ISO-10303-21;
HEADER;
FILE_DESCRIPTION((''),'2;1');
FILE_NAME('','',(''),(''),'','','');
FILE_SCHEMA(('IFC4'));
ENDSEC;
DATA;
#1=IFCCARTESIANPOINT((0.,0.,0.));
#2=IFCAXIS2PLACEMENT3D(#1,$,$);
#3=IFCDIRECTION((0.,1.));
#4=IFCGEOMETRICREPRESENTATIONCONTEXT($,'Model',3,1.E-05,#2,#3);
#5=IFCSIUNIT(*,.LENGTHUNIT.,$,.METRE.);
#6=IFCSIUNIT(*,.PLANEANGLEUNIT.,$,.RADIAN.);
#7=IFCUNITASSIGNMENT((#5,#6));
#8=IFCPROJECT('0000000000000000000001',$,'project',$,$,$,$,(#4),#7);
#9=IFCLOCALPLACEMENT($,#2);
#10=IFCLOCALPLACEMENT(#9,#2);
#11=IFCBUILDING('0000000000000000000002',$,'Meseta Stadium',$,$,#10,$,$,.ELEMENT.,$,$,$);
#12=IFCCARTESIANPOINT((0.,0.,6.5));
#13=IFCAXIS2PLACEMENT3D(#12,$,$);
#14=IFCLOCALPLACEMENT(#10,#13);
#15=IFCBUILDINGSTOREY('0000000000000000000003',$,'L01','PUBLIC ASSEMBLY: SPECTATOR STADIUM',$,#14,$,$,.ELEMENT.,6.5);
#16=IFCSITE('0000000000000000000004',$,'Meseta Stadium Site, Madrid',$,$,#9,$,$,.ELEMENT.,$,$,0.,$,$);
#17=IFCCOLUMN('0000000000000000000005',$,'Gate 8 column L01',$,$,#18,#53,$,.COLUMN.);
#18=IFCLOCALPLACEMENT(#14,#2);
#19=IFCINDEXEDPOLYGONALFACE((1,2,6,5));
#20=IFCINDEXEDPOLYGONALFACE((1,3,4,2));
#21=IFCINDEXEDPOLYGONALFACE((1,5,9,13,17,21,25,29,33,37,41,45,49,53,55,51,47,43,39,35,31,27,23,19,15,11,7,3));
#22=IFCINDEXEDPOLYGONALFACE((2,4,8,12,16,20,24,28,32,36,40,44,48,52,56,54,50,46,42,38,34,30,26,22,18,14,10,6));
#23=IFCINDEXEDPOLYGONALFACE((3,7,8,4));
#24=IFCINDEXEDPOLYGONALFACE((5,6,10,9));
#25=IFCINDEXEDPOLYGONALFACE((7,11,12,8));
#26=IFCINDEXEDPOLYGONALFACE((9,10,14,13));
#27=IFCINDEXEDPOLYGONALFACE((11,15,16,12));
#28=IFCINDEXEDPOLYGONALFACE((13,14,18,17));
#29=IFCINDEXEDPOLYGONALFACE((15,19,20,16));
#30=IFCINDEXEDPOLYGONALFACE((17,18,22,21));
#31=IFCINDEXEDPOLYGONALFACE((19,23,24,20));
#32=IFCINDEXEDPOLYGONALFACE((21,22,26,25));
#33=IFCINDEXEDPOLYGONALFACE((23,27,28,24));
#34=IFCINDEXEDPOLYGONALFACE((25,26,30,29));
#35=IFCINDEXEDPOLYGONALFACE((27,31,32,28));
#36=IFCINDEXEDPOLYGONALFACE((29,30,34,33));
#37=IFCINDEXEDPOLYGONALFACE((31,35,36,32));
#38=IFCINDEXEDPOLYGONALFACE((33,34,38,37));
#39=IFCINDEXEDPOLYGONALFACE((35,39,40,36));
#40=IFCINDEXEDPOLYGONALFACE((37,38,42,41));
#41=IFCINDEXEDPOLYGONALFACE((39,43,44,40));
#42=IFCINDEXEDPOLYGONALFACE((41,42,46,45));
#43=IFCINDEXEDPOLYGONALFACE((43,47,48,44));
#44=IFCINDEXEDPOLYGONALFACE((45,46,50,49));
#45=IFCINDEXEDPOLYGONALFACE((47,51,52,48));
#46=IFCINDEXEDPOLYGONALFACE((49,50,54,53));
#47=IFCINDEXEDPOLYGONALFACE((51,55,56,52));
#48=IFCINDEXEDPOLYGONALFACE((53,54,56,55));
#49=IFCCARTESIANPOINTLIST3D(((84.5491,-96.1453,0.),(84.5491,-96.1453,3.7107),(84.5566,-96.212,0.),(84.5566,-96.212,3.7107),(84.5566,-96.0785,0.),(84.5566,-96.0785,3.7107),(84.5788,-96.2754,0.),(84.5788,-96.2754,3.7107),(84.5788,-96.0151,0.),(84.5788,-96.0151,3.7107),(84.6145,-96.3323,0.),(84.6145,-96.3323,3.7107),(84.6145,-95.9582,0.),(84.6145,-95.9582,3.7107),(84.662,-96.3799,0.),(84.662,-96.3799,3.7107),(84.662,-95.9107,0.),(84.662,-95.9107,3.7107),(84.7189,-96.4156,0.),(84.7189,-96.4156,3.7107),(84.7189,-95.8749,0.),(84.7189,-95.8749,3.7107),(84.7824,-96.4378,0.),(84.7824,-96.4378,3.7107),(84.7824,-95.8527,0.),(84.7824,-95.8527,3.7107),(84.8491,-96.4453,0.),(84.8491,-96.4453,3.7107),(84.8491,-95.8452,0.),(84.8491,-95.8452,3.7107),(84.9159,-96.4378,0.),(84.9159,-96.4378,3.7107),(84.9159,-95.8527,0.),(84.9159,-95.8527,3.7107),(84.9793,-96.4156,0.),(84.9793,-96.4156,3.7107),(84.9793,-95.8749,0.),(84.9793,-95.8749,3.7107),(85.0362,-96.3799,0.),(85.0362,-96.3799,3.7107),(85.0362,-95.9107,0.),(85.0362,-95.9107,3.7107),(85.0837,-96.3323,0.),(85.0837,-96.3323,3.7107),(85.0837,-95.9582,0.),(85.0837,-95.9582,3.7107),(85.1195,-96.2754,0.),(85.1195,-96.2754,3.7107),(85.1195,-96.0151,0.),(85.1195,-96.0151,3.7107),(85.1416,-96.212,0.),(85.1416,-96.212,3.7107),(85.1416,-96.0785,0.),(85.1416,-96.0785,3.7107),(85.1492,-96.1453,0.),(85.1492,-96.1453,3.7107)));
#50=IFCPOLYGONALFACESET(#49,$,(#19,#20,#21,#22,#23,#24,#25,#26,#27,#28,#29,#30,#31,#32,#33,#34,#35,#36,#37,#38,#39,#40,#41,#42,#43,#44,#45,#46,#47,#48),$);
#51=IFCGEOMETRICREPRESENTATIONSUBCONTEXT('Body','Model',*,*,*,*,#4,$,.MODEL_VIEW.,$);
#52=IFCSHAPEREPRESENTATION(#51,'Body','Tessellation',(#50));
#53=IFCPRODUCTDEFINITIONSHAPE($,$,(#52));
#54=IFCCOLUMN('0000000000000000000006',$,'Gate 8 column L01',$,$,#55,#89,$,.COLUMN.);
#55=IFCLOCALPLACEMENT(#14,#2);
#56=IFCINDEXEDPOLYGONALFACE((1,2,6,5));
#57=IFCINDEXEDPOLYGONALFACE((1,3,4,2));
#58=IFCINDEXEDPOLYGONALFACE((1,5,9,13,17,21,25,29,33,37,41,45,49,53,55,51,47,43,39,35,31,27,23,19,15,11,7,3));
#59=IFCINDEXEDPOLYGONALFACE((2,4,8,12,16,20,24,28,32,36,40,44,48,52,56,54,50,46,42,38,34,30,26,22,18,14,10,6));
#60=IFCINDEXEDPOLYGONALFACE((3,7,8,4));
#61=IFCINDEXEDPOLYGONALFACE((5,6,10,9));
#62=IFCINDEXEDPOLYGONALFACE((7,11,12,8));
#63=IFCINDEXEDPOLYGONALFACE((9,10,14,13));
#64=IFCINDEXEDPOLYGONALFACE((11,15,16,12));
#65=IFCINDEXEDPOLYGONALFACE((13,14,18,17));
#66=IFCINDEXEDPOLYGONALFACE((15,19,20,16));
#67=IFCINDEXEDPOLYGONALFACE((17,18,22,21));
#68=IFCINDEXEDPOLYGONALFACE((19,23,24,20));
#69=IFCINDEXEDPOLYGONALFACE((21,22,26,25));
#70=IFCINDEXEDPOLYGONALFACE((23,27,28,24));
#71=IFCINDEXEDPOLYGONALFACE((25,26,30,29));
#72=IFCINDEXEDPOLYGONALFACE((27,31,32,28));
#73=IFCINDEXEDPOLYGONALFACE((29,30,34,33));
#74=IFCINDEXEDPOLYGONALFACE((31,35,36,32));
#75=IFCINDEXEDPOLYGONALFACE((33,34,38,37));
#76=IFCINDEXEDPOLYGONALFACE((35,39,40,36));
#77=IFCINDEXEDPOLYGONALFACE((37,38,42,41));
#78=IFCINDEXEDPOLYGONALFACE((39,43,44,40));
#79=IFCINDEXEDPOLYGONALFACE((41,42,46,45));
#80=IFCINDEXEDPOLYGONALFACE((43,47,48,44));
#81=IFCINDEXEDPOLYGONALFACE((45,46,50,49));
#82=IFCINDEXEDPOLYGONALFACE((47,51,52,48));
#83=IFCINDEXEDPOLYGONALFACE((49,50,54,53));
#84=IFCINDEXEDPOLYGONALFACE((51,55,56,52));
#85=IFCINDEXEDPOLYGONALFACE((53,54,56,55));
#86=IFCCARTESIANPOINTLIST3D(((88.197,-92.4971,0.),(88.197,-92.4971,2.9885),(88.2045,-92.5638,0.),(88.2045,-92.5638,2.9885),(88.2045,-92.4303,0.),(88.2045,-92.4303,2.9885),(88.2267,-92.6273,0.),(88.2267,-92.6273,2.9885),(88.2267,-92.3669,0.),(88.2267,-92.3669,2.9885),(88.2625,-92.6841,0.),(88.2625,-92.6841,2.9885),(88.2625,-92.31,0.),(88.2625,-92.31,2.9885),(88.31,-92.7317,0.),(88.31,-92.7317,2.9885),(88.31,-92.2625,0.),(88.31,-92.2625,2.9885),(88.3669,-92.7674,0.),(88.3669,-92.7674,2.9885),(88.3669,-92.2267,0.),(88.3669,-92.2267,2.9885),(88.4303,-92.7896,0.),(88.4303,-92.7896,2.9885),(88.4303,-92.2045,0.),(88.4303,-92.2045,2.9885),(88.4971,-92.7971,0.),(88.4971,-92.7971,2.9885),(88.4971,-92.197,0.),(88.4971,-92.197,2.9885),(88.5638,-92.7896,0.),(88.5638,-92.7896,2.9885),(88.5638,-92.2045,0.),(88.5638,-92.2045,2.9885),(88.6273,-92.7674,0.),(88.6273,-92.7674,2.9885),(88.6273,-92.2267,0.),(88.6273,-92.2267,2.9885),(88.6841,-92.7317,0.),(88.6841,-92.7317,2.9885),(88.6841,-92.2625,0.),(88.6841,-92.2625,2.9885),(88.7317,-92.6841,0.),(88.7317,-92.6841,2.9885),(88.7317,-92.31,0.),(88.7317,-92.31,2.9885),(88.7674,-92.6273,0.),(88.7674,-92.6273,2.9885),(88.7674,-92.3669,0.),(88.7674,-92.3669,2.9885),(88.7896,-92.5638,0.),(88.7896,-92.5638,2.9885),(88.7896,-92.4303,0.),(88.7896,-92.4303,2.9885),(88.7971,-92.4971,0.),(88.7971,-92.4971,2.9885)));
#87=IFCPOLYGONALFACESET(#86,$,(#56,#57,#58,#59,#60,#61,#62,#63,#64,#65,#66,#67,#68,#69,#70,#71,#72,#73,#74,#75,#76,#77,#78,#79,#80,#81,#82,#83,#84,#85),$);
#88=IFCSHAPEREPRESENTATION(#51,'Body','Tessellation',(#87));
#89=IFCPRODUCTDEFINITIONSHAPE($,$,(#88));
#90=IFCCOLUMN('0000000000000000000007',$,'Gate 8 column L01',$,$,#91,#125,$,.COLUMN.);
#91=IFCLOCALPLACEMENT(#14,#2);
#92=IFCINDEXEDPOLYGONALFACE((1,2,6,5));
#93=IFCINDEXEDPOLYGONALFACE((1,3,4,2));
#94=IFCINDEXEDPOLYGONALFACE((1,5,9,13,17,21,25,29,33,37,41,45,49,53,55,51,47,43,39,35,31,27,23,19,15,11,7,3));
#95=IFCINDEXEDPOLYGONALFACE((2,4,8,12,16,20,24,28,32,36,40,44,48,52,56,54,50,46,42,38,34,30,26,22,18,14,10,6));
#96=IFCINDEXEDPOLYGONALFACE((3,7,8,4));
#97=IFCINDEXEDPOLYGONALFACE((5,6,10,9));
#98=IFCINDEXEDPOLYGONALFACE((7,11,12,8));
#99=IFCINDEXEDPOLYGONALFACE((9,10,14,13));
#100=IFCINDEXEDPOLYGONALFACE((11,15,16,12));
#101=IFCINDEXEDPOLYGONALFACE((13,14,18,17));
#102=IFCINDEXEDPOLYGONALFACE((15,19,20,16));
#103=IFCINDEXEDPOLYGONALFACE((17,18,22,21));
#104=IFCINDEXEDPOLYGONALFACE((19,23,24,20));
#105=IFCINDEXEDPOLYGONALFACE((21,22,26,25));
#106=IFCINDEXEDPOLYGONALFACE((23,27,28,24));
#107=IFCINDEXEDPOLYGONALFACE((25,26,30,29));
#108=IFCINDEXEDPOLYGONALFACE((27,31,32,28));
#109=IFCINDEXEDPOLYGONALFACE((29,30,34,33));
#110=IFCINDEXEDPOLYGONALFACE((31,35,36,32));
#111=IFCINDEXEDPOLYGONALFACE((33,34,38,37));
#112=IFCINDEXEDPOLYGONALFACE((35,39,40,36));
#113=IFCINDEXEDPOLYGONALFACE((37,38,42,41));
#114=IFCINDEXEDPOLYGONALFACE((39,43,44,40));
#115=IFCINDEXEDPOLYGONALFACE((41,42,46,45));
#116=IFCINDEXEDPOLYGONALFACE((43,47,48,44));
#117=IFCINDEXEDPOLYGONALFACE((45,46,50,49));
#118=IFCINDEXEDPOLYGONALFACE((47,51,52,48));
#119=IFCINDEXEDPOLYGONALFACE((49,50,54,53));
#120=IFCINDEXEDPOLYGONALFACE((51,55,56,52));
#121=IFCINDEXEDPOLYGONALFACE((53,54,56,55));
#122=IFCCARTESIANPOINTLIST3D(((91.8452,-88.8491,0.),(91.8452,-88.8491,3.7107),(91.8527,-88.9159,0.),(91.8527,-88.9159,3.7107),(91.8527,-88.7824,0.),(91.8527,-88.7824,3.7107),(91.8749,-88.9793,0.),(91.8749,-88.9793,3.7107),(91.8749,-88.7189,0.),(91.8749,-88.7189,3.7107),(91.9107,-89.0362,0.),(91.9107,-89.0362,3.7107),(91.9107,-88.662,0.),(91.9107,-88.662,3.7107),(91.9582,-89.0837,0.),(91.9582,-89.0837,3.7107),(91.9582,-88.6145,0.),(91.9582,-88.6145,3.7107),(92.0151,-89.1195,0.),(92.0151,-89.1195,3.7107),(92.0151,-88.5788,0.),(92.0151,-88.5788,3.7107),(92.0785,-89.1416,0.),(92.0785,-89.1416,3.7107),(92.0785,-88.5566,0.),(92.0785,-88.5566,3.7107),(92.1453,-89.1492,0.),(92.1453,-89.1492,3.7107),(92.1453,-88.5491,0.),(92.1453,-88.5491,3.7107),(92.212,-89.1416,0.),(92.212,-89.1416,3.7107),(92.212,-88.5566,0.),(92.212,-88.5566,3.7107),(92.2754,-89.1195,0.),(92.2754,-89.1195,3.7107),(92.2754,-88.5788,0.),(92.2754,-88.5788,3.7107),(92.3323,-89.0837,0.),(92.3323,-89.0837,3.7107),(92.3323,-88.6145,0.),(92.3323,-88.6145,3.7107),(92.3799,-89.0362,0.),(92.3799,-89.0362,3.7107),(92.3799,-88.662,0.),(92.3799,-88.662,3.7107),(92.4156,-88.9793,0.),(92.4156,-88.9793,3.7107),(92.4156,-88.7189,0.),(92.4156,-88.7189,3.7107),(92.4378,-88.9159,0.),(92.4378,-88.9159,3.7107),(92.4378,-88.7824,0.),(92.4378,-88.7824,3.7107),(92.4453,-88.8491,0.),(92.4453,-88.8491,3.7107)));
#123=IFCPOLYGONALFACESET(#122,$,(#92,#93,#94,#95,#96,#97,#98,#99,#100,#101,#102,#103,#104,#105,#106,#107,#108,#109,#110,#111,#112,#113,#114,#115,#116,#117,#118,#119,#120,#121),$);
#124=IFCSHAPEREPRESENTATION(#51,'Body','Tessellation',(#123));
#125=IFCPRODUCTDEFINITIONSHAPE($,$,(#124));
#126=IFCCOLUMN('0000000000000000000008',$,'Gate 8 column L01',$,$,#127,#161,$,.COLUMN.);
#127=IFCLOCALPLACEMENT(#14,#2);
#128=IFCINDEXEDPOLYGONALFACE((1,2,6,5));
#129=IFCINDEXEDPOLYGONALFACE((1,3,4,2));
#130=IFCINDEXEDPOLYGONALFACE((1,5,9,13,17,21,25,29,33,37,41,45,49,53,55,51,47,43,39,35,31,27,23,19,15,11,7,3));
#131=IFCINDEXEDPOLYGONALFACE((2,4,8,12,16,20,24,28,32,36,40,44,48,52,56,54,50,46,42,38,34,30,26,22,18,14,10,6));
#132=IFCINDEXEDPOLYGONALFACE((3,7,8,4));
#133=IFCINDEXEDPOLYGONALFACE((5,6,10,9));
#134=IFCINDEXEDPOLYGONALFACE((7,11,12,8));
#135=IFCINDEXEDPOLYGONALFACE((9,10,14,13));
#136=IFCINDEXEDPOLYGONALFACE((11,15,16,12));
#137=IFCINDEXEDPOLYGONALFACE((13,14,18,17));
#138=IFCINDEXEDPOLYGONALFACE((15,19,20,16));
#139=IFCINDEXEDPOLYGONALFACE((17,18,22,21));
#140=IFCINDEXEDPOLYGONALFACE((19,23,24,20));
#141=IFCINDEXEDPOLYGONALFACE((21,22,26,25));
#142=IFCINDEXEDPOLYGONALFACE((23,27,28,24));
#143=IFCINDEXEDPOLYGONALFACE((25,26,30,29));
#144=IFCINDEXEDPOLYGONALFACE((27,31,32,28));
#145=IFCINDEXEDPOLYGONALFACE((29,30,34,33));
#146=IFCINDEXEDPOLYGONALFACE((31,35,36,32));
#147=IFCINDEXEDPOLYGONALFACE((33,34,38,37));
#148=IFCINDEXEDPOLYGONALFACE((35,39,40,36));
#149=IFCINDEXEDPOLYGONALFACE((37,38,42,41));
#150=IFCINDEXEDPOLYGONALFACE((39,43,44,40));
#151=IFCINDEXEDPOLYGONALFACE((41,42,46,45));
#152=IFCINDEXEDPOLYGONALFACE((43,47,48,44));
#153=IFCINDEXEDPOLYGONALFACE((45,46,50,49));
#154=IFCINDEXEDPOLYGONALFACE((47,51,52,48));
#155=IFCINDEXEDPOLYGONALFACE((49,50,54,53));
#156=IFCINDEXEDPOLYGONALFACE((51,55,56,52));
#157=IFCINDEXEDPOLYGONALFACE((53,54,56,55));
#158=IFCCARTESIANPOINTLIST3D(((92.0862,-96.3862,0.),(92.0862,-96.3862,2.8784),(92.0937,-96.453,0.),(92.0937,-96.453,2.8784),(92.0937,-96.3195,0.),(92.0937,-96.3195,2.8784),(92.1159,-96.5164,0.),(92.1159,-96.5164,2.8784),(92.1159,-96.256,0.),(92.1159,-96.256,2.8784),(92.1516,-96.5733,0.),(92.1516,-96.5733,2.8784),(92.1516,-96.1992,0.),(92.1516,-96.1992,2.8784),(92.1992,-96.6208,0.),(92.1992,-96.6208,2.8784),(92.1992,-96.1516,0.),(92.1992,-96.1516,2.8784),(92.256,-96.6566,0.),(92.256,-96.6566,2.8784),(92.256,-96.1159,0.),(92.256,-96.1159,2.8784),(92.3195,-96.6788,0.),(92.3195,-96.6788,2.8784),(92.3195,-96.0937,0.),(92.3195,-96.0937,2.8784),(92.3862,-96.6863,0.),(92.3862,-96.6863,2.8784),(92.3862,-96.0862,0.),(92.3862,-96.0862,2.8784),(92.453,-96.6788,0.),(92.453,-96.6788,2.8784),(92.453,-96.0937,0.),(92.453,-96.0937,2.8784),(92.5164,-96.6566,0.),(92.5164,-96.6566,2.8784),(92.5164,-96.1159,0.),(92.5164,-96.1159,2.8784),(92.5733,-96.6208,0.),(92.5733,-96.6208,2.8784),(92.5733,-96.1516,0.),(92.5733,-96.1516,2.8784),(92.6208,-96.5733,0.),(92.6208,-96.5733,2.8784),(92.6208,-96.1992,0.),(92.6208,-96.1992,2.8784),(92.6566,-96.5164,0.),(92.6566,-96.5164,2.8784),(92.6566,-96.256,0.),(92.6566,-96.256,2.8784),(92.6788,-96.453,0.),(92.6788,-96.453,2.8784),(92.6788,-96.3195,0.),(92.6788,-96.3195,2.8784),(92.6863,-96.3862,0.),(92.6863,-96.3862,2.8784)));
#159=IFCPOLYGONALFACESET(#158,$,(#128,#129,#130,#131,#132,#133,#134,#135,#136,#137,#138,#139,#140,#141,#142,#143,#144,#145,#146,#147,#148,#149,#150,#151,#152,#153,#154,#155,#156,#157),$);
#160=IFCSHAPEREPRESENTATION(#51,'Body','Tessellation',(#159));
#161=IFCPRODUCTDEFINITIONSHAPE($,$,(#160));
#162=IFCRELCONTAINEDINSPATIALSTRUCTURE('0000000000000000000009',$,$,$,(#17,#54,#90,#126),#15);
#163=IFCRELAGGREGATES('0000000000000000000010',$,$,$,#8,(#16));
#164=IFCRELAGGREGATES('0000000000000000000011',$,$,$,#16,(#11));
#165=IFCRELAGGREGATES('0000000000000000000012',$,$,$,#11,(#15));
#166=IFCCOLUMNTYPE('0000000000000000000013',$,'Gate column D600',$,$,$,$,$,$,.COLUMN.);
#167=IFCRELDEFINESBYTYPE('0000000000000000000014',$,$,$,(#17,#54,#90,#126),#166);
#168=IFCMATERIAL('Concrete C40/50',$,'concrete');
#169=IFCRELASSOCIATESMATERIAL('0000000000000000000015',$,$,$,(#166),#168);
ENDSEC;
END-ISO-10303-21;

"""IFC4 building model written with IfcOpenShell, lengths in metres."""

from ifc_helpers import new_model, si_unit, direction, frame, origin, origin_2d, place, context, subcontext, project, spatial, circle, extrude, material, material_profile, profile_set, type_object, element, save


model = new_model("IFC4")

# Units and contexts
model_context = context("Model", 3, precision=1e-05, world=origin(), true_north=direction((0.0, 1.0)))
body_context = subcontext(model_context, "Body", "Model", "MODEL_VIEW")
ifc_project = project(units=[si_unit("LENGTHUNIT", "METRE"), si_unit("PLANEANGLEUNIT", "RADIAN")], contexts=[model_context])

# Site, building, storey
site_placement = place(None, origin())
site = spatial("IfcSite", under=ifc_project, at=site_placement, Name="Meseta Stadium Site, Madrid", CompositionType="ELEMENT", RefElevation=0.0)
building_placement = place(site_placement, origin())
building = spatial("IfcBuilding", under=site, at=building_placement, Name="Meseta Stadium", CompositionType="ELEMENT")
storey_placement = place(building_placement, frame((0.0, 0.0, 6.5)))
storey = spatial("IfcBuildingStorey", under=building, at=storey_placement, Name="L01", Description="PUBLIC ASSEMBLY: SPECTATOR STADIUM", CompositionType="ELEMENT", Elevation=6.5)

# Columns
ifc_material_1 = material(Name="Concrete C40/50", Category="concrete")
ifc_material_profile_1 = material_profile(ifc_material_1, circle(Radius=0.3, at=origin_2d()), Name="RC D600")
ifc_profile_set_1 = profile_set([ifc_material_profile_1], Name="Concrete C40/50")
column_type = type_object("IfcColumnType", Name="Gate column D600", PredefinedType="COLUMN", material=ifc_profile_set_1)
column_1_placement = place(storey_placement, frame((84.8491, -96.1453, 0.0), z_axis=(0.0, 0.0, 1.0), x_axis=(1.0, 0.0, 0.0)))
element("IfcColumn", 1, at=column_1_placement, inside=storey, type_object=column_type, Name="Gate 8 column L01", PredefinedType="COLUMN", context=body_context, shape_type="SweptSolid", body=[
    extrude(circle(Radius=0.3, at=origin_2d()), origin(), (0.0, 0.0, 1.0), 3.7107),
])
column_2_placement = place(storey_placement, frame((88.4971, -92.4971, 0.0), z_axis=(0.0, 0.0, 1.0), x_axis=(1.0, 0.0, 0.0)))
element("IfcColumn", 2, at=column_2_placement, inside=storey, type_object=column_type, Name="Gate 8 column L01", PredefinedType="COLUMN", context=body_context, shape_type="SweptSolid", body=[
    extrude(circle(Radius=0.3, at=origin_2d()), origin(), (0.0, 0.0, 1.0), 2.9885),
])
column_3_placement = place(storey_placement, frame((92.1453, -88.8491, 0.0), z_axis=(0.0, 0.0, 1.0), x_axis=(1.0, 0.0, 0.0)))
element("IfcColumn", 3, at=column_3_placement, inside=storey, type_object=column_type, Name="Gate 8 column L01", PredefinedType="COLUMN", context=body_context, shape_type="SweptSolid", body=[
    extrude(circle(Radius=0.3, at=origin_2d()), origin(), (0.0, 0.0, 1.0), 3.7107),
])
column_4_placement = place(storey_placement, frame((92.3862, -96.3862, 0.0), z_axis=(0.0, 0.0, 1.0), x_axis=(1.0, 0.0, 0.0)))
element("IfcColumn", 4, at=column_4_placement, inside=storey, type_object=column_type, Name="Gate 8 column L01", PredefinedType="COLUMN", context=body_context, shape_type="SweptSolid", body=[
    extrude(circle(Radius=0.3, at=origin_2d()), origin(), (0.0, 0.0, 1.0), 2.8784),
])

save(model, "model.ifc")
